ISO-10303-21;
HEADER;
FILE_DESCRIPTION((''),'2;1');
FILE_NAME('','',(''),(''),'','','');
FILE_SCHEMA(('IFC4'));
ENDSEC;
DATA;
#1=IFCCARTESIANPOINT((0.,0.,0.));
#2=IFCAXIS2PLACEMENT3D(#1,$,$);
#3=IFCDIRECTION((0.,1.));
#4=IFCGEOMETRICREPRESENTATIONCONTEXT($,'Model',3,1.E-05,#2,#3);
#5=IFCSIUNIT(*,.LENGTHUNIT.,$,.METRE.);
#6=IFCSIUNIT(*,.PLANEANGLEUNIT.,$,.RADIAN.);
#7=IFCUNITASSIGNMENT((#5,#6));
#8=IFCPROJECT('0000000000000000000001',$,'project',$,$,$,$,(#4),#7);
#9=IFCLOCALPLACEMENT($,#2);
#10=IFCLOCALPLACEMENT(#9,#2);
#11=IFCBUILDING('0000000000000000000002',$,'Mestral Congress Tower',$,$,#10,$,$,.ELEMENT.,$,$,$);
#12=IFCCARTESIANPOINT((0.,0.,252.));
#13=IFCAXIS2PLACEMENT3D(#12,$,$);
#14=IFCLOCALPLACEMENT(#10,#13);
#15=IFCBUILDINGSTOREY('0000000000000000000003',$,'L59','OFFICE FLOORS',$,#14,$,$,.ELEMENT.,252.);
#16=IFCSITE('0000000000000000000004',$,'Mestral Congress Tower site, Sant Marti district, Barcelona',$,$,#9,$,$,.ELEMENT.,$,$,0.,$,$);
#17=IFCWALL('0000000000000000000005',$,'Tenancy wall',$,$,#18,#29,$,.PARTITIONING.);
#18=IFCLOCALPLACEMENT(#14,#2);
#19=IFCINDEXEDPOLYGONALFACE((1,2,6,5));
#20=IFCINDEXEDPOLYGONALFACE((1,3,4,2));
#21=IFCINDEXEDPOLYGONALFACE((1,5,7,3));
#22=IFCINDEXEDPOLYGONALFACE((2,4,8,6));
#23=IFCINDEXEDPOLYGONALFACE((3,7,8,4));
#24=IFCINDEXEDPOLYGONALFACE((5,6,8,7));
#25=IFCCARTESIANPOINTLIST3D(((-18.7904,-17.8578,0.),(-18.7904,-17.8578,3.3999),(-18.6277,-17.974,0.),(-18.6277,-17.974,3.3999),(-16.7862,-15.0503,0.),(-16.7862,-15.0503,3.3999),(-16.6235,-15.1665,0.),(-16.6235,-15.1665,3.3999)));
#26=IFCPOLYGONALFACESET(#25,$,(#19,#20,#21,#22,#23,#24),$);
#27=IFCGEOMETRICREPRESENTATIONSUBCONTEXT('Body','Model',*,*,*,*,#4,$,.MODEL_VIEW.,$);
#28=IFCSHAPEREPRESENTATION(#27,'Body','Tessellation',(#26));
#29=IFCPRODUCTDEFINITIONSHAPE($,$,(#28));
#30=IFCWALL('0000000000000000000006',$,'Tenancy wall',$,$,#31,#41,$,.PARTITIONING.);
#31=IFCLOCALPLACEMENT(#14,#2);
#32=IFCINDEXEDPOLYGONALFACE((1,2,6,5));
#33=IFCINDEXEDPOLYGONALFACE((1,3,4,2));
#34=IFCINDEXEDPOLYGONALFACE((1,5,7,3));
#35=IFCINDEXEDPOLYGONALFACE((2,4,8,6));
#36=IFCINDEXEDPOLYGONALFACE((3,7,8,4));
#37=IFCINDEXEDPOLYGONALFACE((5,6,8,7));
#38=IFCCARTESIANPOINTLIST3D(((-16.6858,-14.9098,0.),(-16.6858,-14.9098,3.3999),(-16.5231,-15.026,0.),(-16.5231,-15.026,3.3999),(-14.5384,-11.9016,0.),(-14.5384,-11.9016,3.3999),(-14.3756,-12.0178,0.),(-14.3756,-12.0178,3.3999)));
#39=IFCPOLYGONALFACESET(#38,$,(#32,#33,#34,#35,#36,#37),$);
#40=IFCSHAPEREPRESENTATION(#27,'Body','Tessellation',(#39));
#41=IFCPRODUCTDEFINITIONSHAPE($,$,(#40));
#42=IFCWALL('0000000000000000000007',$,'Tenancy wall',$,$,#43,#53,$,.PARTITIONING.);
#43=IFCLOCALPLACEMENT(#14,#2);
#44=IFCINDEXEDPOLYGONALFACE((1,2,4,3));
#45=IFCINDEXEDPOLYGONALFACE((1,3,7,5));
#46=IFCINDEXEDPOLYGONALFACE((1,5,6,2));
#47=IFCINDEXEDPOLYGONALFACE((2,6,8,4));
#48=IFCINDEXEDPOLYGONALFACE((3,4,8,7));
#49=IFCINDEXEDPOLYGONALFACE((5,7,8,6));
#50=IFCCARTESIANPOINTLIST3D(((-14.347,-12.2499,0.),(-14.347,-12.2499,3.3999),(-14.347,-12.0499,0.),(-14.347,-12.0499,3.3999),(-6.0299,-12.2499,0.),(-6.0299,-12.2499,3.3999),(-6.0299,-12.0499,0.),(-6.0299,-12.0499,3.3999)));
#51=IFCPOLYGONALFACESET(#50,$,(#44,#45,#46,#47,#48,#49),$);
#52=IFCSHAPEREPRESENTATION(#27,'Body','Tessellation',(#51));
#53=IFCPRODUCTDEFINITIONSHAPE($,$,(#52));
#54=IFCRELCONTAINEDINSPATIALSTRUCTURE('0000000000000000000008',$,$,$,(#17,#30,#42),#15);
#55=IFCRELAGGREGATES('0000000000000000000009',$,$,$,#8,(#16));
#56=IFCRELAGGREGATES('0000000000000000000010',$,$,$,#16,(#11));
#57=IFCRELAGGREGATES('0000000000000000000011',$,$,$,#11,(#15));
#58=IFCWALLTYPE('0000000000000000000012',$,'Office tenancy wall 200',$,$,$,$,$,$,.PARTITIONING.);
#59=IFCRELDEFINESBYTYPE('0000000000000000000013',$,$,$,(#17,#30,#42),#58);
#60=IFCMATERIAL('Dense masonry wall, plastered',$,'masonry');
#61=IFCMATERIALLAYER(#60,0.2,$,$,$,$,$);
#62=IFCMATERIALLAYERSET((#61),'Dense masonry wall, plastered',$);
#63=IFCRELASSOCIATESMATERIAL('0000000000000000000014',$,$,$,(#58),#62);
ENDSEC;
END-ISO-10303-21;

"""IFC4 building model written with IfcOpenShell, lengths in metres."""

from ifc_helpers import new_model, si_unit, direction, frame, frame_2d, origin, place, context, subcontext, project, spatial, rectangle, extrude, material, layer, layer_set, type_object, element, save


model = new_model("IFC4")

# Units and contexts
model_context = context("Model", 3, precision=1e-05, world=origin(), true_north=direction((0.0, 1.0)))
body_context = subcontext(model_context, "Body", "Model", "MODEL_VIEW")
ifc_project = project(units=[si_unit("LENGTHUNIT", "METRE"), si_unit("PLANEANGLEUNIT", "RADIAN")], contexts=[model_context])

# Site, building, storey
site_placement = place(None, origin())
site = spatial("IfcSite", under=ifc_project, at=site_placement, Name="Mestral Congress Tower site, Sant Marti district, Barcelona", CompositionType="ELEMENT", RefElevation=0.0)
building_placement = place(site_placement, origin())
building = spatial("IfcBuilding", under=site, at=building_placement, Name="Mestral Congress Tower", CompositionType="ELEMENT")
storey_placement = place(building_placement, frame((0.0, 0.0, 252.0)))
storey = spatial("IfcBuildingStorey", under=building, at=storey_placement, Name="L59", Description="OFFICE FLOORS", CompositionType="ELEMENT", Elevation=252.0)

# Walls
ifc_material_1 = material(Name="Dense masonry wall, plastered", Category="masonry")
ifc_layer_1 = layer(ifc_material_1, 0.2)
ifc_layer_set_1 = layer_set([ifc_layer_1], Name="Dense masonry wall, plastered")
wall_type_1 = type_object("IfcWallType", Name="Office tenancy wall 200", PredefinedType="PARTITIONING", material=ifc_layer_set_1)
wall_1_placement = place(storey_placement, frame((-18.709, -17.9158, 0.0), z_axis=(0.0, 0.0, 1.0), x_axis=(0.581024, 0.813886, 0.0)))
element("IfcWall", 1, at=wall_1_placement, inside=storey, type_object=wall_type_1, Name="Tenancy wall", PredefinedType="PARTITIONING", context=body_context, shape_type="SweptSolid", body=[
    extrude(rectangle(XDim=3.4495, YDim=0.2, at=frame_2d((1.7246, 0.0))), origin(), (0.0, 0.0, 1.0), 3.3999),
])
wall_2_placement = place(storey_placement, frame((-16.6045, -14.968, 0.0), z_axis=(0.0, 0.0, 1.0), x_axis=(0.581001, 0.813903, 0.0)))
element("IfcWall", 2, at=wall_2_placement, inside=storey, type_object=wall_type_1, Name="Tenancy wall", PredefinedType="PARTITIONING", context=body_context, shape_type="SweptSolid", body=[
    extrude(rectangle(XDim=3.696, YDim=0.2, at=frame_2d((1.8481, 0.0))), origin(), (0.0, 0.0, 1.0), 3.3999),
])
wall_3_placement = place(storey_placement, frame((-14.3472, -12.1499, 0.0), z_axis=(0.0, 0.0, 1.0), x_axis=(1.0, 0.0, 0.0)))
element("IfcWall", 3, at=wall_3_placement, inside=storey, type_object=wall_type_1, Name="Tenancy wall", PredefinedType="PARTITIONING", context=body_context, shape_type="SweptSolid", body=[
    extrude(rectangle(XDim=8.3171, YDim=0.2, at=frame_2d((4.1587, 0.0))), origin(), (0.0, 0.0, 1.0), 3.3999),
])

save(model, "model.ifc")
